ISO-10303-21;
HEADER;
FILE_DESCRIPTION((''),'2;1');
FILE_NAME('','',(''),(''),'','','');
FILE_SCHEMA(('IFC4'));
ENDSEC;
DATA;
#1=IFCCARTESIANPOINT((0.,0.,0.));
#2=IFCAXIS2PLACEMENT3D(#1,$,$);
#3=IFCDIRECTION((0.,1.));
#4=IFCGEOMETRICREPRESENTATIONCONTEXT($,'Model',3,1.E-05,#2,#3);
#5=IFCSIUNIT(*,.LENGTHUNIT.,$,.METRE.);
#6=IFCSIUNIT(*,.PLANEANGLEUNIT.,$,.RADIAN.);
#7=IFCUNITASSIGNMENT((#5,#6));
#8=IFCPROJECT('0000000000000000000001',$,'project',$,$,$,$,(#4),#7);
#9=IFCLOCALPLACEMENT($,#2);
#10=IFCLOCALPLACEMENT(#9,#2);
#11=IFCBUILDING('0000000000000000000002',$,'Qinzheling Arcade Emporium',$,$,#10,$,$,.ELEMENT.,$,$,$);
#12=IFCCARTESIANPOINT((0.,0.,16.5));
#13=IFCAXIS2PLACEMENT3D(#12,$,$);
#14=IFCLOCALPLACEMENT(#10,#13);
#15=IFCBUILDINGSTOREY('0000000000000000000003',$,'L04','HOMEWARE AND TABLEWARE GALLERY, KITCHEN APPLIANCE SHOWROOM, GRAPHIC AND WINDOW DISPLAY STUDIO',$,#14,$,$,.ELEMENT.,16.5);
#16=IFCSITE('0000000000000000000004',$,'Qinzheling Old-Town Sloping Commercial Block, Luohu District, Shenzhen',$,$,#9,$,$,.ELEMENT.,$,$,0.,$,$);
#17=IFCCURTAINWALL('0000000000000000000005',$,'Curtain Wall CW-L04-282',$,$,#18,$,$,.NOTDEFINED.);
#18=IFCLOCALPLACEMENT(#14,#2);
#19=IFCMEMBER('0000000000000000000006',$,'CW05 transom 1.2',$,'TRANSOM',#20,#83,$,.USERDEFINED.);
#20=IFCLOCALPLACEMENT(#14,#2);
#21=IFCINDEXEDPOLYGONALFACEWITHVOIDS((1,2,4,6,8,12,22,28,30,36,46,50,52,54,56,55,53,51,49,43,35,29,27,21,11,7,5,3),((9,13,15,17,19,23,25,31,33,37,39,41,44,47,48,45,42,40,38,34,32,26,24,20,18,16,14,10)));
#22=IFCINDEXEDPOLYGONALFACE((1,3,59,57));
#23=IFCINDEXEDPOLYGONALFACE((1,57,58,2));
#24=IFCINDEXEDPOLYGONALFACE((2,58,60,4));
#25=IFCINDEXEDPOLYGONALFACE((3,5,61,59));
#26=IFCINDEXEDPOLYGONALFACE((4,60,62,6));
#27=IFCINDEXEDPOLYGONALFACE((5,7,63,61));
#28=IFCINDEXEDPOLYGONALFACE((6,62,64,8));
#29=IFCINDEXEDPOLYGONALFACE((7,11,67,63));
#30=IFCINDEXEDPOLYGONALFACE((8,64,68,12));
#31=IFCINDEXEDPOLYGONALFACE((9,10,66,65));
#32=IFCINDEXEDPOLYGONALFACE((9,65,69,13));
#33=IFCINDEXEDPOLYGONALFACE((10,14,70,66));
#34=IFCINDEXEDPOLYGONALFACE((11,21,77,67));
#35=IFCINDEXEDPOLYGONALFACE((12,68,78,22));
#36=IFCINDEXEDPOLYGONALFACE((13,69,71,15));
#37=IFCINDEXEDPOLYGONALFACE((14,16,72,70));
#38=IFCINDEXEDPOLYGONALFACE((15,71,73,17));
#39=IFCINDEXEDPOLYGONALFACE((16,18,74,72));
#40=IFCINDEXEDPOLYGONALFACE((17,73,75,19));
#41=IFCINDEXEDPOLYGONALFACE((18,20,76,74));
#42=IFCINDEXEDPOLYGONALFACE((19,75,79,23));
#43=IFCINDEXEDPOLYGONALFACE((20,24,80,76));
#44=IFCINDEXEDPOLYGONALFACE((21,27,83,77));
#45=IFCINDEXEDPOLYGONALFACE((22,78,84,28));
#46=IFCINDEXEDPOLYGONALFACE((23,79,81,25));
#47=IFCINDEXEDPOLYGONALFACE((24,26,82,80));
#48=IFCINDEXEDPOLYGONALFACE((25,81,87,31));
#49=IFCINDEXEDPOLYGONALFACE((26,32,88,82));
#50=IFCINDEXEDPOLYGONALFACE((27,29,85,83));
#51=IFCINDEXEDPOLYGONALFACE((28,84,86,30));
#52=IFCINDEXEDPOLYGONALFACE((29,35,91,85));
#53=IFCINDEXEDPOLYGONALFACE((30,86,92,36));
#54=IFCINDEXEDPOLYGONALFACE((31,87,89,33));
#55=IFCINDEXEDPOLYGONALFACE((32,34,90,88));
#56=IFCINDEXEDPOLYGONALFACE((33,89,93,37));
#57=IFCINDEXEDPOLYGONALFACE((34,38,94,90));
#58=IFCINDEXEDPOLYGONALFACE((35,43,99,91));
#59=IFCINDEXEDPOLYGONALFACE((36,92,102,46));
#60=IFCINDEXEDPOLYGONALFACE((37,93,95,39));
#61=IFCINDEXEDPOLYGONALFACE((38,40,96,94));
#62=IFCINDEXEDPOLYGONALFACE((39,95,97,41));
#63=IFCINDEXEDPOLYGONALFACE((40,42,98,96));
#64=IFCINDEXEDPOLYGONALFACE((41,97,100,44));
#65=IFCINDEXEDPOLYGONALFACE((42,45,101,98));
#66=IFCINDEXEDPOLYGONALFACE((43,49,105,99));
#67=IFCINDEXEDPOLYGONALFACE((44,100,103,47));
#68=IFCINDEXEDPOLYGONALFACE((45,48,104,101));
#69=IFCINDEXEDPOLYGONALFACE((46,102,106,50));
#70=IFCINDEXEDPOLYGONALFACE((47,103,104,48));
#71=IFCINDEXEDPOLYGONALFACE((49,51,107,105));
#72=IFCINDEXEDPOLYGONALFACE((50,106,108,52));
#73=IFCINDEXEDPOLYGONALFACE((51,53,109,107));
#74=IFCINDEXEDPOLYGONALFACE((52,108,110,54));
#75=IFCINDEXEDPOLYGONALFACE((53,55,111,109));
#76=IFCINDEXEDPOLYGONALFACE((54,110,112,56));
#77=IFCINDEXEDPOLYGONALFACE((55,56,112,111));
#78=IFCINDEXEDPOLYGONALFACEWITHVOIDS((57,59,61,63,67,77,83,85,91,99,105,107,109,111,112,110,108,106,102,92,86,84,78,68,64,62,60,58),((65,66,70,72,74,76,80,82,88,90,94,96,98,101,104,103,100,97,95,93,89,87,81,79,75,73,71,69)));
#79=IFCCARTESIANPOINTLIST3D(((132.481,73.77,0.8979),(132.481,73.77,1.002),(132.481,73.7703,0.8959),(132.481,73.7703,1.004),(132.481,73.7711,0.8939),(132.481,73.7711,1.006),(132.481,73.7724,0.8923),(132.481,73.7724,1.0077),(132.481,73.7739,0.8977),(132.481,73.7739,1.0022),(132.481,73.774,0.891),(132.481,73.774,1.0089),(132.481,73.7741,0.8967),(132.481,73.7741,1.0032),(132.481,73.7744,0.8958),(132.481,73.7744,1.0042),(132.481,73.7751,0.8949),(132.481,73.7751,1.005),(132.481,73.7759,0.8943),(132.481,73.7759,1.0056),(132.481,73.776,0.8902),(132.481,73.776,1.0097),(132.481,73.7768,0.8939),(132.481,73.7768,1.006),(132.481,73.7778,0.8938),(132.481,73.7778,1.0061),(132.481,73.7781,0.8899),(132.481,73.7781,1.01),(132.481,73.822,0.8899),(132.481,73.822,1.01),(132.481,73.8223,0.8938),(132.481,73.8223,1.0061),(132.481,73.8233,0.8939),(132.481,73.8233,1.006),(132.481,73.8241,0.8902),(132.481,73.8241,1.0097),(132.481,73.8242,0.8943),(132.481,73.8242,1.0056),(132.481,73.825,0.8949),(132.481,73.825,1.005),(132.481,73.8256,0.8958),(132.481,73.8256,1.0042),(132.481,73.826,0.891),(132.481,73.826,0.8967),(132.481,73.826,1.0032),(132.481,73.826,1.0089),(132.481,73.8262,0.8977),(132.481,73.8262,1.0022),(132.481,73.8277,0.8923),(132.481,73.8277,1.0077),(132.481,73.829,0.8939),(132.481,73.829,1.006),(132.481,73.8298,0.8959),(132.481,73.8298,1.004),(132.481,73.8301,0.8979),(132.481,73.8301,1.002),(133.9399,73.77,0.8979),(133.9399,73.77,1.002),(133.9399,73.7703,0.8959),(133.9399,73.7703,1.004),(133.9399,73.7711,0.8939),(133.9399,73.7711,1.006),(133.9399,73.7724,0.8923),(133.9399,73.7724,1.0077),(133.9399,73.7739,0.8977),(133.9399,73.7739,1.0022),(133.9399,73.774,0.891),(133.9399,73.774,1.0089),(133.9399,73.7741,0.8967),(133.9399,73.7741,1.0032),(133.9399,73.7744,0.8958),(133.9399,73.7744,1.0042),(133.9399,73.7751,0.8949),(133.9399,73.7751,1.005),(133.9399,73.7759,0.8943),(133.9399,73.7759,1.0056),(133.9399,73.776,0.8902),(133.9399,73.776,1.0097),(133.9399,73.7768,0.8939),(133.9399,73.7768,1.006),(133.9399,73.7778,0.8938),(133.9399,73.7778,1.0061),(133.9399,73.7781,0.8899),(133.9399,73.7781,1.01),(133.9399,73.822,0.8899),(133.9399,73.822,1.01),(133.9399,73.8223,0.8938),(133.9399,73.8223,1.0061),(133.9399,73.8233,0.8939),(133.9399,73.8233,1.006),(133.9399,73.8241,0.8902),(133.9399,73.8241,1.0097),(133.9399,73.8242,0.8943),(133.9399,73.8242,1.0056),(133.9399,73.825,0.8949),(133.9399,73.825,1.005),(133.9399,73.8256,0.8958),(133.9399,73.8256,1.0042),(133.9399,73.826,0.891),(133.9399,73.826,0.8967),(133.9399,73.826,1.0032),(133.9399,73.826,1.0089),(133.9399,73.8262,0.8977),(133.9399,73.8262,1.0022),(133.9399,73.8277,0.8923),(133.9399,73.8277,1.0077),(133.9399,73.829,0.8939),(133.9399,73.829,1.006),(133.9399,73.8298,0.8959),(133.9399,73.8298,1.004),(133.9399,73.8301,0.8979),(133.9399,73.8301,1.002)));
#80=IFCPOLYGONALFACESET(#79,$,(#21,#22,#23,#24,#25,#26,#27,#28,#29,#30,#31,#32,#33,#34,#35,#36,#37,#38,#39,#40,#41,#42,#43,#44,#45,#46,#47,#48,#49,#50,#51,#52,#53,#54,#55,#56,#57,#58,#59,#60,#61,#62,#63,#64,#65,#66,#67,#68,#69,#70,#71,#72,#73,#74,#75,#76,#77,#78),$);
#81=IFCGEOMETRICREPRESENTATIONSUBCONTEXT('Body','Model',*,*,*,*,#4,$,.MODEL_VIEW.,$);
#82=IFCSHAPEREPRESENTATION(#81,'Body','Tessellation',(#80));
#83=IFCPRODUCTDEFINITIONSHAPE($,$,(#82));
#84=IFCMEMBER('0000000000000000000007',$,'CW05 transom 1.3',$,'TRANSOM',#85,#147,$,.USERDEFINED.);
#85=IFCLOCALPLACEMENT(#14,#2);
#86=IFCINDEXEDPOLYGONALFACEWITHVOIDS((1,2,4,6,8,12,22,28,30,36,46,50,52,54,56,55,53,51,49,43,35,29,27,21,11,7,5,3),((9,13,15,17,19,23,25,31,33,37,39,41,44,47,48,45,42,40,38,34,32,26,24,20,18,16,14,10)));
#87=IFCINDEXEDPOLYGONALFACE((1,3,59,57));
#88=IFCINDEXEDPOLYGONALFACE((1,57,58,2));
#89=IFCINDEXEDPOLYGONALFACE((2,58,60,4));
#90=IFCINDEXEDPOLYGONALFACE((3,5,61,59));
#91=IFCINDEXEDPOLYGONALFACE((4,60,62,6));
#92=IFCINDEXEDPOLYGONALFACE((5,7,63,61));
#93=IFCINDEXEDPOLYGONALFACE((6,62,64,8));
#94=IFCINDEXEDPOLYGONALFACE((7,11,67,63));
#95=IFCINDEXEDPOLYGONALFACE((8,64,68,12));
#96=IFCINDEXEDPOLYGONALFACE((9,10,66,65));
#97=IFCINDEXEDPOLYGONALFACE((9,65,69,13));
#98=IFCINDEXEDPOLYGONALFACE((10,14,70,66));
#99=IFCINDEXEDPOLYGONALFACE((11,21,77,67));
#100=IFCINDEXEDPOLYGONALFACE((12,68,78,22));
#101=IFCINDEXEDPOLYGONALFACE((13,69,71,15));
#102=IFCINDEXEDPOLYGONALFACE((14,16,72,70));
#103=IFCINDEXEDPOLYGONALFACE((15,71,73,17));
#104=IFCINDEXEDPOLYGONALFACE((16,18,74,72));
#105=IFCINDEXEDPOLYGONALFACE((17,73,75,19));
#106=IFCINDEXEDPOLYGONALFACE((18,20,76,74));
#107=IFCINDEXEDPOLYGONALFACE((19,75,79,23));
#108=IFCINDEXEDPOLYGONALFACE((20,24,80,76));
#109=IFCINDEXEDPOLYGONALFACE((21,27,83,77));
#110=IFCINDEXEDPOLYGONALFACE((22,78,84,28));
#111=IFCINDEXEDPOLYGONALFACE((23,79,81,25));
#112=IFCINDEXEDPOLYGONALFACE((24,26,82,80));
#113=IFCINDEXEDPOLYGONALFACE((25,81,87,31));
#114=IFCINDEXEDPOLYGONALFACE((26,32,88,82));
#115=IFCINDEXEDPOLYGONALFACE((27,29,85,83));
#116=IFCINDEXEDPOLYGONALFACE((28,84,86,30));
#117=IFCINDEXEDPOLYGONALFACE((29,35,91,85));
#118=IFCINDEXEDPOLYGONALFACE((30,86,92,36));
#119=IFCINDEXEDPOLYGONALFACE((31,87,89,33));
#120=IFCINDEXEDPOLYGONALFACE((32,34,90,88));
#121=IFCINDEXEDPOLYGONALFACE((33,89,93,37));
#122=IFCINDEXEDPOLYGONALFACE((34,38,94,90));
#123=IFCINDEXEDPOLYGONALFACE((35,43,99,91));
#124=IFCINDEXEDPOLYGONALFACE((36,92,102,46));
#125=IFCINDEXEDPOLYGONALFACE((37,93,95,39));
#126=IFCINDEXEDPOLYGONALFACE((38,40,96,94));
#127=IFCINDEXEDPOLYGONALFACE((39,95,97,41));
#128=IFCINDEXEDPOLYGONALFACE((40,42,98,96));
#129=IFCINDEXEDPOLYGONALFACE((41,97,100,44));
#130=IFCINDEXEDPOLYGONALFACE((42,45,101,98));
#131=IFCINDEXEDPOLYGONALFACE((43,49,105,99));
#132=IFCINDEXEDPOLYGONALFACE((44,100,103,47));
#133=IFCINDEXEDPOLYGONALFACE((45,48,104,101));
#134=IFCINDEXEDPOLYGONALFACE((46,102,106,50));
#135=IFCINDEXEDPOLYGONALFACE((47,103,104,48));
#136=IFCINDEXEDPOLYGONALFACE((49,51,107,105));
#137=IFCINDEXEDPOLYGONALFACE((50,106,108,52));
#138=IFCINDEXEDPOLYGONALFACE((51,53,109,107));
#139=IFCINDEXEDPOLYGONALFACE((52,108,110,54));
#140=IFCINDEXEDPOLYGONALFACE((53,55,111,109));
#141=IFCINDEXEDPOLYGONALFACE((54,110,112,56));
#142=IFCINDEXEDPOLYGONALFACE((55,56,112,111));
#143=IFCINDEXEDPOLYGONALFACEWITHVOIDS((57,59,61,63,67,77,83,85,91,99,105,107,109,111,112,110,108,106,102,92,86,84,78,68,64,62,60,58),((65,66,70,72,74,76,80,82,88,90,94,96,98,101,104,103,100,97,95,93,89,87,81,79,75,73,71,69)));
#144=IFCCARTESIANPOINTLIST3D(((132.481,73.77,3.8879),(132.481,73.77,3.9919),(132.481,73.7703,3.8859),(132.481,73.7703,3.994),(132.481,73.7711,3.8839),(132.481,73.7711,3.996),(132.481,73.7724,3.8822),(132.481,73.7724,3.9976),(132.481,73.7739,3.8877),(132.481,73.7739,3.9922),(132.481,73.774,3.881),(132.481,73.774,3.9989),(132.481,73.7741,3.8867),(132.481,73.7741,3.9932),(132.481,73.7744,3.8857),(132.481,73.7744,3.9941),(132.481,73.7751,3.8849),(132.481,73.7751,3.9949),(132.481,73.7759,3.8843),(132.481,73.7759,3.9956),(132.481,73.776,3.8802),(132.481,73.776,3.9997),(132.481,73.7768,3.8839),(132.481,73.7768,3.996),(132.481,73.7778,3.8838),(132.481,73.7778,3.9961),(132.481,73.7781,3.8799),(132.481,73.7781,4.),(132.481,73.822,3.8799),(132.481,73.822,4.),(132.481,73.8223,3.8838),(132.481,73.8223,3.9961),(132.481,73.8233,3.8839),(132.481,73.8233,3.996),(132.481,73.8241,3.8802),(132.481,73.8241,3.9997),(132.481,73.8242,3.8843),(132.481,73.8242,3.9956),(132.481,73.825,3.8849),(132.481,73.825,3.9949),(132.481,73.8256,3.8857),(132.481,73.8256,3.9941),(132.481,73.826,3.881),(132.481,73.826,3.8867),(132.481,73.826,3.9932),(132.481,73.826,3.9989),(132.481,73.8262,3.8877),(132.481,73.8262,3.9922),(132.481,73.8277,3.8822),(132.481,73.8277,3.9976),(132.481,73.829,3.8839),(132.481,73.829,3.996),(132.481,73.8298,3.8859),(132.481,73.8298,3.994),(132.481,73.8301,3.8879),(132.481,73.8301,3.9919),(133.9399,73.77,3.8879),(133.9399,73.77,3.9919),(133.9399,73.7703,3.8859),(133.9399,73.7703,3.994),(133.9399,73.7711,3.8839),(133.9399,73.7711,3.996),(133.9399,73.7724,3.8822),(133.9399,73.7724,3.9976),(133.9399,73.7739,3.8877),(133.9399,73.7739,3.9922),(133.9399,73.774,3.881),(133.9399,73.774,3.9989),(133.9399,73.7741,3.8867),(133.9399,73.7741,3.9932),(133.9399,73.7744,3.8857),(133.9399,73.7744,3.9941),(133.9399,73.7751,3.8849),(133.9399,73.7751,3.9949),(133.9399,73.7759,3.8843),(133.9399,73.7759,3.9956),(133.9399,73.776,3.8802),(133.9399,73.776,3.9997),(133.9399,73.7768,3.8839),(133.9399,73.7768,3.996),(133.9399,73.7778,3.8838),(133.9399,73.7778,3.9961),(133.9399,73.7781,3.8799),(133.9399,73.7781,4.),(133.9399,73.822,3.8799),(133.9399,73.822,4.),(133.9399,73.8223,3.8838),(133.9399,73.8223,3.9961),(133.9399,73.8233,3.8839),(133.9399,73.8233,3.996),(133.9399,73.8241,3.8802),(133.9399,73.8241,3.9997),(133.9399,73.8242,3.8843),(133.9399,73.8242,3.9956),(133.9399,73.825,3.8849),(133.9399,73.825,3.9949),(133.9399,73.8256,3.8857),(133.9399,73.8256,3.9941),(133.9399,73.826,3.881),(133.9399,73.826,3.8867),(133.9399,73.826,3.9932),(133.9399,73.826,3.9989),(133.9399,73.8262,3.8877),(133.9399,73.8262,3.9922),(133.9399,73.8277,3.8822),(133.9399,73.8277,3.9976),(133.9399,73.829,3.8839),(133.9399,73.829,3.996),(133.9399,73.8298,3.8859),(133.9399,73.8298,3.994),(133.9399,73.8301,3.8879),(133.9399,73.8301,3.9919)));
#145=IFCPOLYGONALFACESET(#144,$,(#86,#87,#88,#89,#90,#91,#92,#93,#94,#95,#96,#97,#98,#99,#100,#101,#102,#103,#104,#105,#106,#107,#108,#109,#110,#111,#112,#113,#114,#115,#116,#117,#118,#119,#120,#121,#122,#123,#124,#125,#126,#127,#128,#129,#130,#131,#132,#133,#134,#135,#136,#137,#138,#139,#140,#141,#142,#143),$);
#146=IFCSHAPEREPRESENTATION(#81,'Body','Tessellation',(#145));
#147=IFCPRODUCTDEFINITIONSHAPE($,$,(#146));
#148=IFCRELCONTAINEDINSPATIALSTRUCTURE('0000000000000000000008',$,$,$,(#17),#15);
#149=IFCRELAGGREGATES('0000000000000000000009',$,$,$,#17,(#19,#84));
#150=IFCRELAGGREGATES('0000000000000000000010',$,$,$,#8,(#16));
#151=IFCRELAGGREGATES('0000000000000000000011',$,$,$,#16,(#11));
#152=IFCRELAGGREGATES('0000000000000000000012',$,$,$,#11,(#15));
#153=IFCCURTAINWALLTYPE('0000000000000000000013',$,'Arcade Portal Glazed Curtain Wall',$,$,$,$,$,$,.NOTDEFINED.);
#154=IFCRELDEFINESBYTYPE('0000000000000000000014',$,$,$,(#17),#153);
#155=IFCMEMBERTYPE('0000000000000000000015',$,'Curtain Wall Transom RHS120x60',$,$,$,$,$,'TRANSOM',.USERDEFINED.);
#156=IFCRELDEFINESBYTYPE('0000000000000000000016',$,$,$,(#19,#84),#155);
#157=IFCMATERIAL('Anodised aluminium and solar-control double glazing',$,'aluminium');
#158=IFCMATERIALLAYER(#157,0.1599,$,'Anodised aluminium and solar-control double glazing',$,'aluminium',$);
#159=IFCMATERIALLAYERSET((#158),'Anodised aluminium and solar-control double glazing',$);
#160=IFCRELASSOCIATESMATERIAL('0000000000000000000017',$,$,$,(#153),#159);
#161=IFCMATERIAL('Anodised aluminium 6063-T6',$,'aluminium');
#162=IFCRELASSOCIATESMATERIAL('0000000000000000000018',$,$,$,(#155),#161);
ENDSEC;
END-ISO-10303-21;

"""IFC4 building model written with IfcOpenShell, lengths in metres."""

from ifc_helpers import new_model, si_unit, direction, frame, origin, origin_2d, place, context, subcontext, project, spatial, hollow_rectangle, extrude, material, layer, layer_set, material_profile, profile_set, type_object, element, aggregate, save


model = new_model("IFC4")

# Units and contexts
model_context = context("Model", 3, precision=1e-05, world=origin(), true_north=direction((0.0, 1.0)))
body_context = subcontext(model_context, "Body", "Model", "MODEL_VIEW")
ifc_project = project(units=[si_unit("LENGTHUNIT", "METRE"), si_unit("PLANEANGLEUNIT", "RADIAN")], contexts=[model_context])

# Site, building, storey
site_placement = place(None, origin())
site = spatial("IfcSite", under=ifc_project, at=site_placement, Name="Qinzheling Old-Town Sloping Commercial Block, Luohu District, Shenzhen", CompositionType="ELEMENT", RefElevation=0.0)
building_placement = place(site_placement, origin())
building = spatial("IfcBuilding", under=site, at=building_placement, Name="Qinzheling Arcade Emporium", CompositionType="ELEMENT")
storey_placement = place(building_placement, frame((0.0, 0.0, 16.5)))
storey = spatial("IfcBuildingStorey", under=building, at=storey_placement, Name="L04", Description="HOMEWARE AND TABLEWARE GALLERY, KITCHEN APPLIANCE SHOWROOM, GRAPHIC AND WINDOW DISPLAY STUDIO", CompositionType="ELEMENT", Elevation=16.5)

# Shared definitions
ifc_material_1 = material(Name="Anodised aluminium and solar-control double glazing", Category="aluminium")
ifc_material_2 = material(Name="Anodised aluminium 6063-T6", Category="aluminium")

# Curtain wall
ifc_layer_1 = layer(ifc_material_1, 0.1599, Name="Anodised aluminium and solar-control double glazing", Category="aluminium")
ifc_layer_set_1 = layer_set([ifc_layer_1], Name="Anodised aluminium and solar-control double glazing")
curtain_wall_type_1 = type_object("IfcCurtainWallType", Name="Arcade Portal Glazed Curtain Wall", PredefinedType="NOTDEFINED", material=ifc_layer_set_1)
curtain_wall_1_placement = place(storey_placement, origin())
curtain_wall_1 = element("IfcCurtainWall", 1, at=curtain_wall_1_placement, inside=storey, type_object=curtain_wall_type_1, Name="Curtain Wall CW-L04-282", PredefinedType="NOTDEFINED")

# Members
ifc_material_profile_1 = material_profile(ifc_material_2, hollow_rectangle(XDim=0.0601, YDim=0.1201, WallThickness=0.0039, InnerFilletRadius=0.0039, OuterFilletRadius=0.0081, at=origin_2d()), Name="RHS 120x60x4", Category="aluminium")
ifc_profile_set_1 = profile_set([ifc_material_profile_1], Name="Anodised aluminium 6063-T6")
member_type_1 = type_object("IfcMemberType", Name="Curtain Wall Transom RHS120x60", ElementType="TRANSOM", PredefinedType="USERDEFINED", material=ifc_profile_set_1)
member_1_placement = place(storey_placement, frame((133.9399, 73.8, 0.95), z_axis=(-1.0, 0.0, 0.0), x_axis=(0.0, -1.0, 0.0)))
member_1 = element("IfcMember", 2, at=member_1_placement, type_object=member_type_1, Name="CW05 transom 1.2", ObjectType="TRANSOM", PredefinedType="USERDEFINED", context=body_context, shape_type="SweptSolid", body=[
    extrude(hollow_rectangle(XDim=0.0601, YDim=0.1201, WallThickness=0.0039, InnerFilletRadius=0.0039, OuterFilletRadius=0.0081, at=origin_2d()), origin(), (0.0, 0.0, 1.0), 1.459),
])
member_2_placement = place(storey_placement, frame((133.9399, 73.8, 3.9399), z_axis=(-1.0, 0.0, 0.0), x_axis=(0.0, -1.0, 0.0)))
member_2 = element("IfcMember", 3, at=member_2_placement, type_object=member_type_1, Name="CW05 transom 1.3", ObjectType="TRANSOM", PredefinedType="USERDEFINED", context=body_context, shape_type="SweptSolid", body=[
    extrude(hollow_rectangle(XDim=0.0601, YDim=0.1201, WallThickness=0.0039, InnerFilletRadius=0.0039, OuterFilletRadius=0.0081, at=origin_2d()), origin(), (0.0, 0.0, 1.0), 1.459),
])

aggregate(curtain_wall_1, [member_1, member_2])

save(model, "model.ifc")
